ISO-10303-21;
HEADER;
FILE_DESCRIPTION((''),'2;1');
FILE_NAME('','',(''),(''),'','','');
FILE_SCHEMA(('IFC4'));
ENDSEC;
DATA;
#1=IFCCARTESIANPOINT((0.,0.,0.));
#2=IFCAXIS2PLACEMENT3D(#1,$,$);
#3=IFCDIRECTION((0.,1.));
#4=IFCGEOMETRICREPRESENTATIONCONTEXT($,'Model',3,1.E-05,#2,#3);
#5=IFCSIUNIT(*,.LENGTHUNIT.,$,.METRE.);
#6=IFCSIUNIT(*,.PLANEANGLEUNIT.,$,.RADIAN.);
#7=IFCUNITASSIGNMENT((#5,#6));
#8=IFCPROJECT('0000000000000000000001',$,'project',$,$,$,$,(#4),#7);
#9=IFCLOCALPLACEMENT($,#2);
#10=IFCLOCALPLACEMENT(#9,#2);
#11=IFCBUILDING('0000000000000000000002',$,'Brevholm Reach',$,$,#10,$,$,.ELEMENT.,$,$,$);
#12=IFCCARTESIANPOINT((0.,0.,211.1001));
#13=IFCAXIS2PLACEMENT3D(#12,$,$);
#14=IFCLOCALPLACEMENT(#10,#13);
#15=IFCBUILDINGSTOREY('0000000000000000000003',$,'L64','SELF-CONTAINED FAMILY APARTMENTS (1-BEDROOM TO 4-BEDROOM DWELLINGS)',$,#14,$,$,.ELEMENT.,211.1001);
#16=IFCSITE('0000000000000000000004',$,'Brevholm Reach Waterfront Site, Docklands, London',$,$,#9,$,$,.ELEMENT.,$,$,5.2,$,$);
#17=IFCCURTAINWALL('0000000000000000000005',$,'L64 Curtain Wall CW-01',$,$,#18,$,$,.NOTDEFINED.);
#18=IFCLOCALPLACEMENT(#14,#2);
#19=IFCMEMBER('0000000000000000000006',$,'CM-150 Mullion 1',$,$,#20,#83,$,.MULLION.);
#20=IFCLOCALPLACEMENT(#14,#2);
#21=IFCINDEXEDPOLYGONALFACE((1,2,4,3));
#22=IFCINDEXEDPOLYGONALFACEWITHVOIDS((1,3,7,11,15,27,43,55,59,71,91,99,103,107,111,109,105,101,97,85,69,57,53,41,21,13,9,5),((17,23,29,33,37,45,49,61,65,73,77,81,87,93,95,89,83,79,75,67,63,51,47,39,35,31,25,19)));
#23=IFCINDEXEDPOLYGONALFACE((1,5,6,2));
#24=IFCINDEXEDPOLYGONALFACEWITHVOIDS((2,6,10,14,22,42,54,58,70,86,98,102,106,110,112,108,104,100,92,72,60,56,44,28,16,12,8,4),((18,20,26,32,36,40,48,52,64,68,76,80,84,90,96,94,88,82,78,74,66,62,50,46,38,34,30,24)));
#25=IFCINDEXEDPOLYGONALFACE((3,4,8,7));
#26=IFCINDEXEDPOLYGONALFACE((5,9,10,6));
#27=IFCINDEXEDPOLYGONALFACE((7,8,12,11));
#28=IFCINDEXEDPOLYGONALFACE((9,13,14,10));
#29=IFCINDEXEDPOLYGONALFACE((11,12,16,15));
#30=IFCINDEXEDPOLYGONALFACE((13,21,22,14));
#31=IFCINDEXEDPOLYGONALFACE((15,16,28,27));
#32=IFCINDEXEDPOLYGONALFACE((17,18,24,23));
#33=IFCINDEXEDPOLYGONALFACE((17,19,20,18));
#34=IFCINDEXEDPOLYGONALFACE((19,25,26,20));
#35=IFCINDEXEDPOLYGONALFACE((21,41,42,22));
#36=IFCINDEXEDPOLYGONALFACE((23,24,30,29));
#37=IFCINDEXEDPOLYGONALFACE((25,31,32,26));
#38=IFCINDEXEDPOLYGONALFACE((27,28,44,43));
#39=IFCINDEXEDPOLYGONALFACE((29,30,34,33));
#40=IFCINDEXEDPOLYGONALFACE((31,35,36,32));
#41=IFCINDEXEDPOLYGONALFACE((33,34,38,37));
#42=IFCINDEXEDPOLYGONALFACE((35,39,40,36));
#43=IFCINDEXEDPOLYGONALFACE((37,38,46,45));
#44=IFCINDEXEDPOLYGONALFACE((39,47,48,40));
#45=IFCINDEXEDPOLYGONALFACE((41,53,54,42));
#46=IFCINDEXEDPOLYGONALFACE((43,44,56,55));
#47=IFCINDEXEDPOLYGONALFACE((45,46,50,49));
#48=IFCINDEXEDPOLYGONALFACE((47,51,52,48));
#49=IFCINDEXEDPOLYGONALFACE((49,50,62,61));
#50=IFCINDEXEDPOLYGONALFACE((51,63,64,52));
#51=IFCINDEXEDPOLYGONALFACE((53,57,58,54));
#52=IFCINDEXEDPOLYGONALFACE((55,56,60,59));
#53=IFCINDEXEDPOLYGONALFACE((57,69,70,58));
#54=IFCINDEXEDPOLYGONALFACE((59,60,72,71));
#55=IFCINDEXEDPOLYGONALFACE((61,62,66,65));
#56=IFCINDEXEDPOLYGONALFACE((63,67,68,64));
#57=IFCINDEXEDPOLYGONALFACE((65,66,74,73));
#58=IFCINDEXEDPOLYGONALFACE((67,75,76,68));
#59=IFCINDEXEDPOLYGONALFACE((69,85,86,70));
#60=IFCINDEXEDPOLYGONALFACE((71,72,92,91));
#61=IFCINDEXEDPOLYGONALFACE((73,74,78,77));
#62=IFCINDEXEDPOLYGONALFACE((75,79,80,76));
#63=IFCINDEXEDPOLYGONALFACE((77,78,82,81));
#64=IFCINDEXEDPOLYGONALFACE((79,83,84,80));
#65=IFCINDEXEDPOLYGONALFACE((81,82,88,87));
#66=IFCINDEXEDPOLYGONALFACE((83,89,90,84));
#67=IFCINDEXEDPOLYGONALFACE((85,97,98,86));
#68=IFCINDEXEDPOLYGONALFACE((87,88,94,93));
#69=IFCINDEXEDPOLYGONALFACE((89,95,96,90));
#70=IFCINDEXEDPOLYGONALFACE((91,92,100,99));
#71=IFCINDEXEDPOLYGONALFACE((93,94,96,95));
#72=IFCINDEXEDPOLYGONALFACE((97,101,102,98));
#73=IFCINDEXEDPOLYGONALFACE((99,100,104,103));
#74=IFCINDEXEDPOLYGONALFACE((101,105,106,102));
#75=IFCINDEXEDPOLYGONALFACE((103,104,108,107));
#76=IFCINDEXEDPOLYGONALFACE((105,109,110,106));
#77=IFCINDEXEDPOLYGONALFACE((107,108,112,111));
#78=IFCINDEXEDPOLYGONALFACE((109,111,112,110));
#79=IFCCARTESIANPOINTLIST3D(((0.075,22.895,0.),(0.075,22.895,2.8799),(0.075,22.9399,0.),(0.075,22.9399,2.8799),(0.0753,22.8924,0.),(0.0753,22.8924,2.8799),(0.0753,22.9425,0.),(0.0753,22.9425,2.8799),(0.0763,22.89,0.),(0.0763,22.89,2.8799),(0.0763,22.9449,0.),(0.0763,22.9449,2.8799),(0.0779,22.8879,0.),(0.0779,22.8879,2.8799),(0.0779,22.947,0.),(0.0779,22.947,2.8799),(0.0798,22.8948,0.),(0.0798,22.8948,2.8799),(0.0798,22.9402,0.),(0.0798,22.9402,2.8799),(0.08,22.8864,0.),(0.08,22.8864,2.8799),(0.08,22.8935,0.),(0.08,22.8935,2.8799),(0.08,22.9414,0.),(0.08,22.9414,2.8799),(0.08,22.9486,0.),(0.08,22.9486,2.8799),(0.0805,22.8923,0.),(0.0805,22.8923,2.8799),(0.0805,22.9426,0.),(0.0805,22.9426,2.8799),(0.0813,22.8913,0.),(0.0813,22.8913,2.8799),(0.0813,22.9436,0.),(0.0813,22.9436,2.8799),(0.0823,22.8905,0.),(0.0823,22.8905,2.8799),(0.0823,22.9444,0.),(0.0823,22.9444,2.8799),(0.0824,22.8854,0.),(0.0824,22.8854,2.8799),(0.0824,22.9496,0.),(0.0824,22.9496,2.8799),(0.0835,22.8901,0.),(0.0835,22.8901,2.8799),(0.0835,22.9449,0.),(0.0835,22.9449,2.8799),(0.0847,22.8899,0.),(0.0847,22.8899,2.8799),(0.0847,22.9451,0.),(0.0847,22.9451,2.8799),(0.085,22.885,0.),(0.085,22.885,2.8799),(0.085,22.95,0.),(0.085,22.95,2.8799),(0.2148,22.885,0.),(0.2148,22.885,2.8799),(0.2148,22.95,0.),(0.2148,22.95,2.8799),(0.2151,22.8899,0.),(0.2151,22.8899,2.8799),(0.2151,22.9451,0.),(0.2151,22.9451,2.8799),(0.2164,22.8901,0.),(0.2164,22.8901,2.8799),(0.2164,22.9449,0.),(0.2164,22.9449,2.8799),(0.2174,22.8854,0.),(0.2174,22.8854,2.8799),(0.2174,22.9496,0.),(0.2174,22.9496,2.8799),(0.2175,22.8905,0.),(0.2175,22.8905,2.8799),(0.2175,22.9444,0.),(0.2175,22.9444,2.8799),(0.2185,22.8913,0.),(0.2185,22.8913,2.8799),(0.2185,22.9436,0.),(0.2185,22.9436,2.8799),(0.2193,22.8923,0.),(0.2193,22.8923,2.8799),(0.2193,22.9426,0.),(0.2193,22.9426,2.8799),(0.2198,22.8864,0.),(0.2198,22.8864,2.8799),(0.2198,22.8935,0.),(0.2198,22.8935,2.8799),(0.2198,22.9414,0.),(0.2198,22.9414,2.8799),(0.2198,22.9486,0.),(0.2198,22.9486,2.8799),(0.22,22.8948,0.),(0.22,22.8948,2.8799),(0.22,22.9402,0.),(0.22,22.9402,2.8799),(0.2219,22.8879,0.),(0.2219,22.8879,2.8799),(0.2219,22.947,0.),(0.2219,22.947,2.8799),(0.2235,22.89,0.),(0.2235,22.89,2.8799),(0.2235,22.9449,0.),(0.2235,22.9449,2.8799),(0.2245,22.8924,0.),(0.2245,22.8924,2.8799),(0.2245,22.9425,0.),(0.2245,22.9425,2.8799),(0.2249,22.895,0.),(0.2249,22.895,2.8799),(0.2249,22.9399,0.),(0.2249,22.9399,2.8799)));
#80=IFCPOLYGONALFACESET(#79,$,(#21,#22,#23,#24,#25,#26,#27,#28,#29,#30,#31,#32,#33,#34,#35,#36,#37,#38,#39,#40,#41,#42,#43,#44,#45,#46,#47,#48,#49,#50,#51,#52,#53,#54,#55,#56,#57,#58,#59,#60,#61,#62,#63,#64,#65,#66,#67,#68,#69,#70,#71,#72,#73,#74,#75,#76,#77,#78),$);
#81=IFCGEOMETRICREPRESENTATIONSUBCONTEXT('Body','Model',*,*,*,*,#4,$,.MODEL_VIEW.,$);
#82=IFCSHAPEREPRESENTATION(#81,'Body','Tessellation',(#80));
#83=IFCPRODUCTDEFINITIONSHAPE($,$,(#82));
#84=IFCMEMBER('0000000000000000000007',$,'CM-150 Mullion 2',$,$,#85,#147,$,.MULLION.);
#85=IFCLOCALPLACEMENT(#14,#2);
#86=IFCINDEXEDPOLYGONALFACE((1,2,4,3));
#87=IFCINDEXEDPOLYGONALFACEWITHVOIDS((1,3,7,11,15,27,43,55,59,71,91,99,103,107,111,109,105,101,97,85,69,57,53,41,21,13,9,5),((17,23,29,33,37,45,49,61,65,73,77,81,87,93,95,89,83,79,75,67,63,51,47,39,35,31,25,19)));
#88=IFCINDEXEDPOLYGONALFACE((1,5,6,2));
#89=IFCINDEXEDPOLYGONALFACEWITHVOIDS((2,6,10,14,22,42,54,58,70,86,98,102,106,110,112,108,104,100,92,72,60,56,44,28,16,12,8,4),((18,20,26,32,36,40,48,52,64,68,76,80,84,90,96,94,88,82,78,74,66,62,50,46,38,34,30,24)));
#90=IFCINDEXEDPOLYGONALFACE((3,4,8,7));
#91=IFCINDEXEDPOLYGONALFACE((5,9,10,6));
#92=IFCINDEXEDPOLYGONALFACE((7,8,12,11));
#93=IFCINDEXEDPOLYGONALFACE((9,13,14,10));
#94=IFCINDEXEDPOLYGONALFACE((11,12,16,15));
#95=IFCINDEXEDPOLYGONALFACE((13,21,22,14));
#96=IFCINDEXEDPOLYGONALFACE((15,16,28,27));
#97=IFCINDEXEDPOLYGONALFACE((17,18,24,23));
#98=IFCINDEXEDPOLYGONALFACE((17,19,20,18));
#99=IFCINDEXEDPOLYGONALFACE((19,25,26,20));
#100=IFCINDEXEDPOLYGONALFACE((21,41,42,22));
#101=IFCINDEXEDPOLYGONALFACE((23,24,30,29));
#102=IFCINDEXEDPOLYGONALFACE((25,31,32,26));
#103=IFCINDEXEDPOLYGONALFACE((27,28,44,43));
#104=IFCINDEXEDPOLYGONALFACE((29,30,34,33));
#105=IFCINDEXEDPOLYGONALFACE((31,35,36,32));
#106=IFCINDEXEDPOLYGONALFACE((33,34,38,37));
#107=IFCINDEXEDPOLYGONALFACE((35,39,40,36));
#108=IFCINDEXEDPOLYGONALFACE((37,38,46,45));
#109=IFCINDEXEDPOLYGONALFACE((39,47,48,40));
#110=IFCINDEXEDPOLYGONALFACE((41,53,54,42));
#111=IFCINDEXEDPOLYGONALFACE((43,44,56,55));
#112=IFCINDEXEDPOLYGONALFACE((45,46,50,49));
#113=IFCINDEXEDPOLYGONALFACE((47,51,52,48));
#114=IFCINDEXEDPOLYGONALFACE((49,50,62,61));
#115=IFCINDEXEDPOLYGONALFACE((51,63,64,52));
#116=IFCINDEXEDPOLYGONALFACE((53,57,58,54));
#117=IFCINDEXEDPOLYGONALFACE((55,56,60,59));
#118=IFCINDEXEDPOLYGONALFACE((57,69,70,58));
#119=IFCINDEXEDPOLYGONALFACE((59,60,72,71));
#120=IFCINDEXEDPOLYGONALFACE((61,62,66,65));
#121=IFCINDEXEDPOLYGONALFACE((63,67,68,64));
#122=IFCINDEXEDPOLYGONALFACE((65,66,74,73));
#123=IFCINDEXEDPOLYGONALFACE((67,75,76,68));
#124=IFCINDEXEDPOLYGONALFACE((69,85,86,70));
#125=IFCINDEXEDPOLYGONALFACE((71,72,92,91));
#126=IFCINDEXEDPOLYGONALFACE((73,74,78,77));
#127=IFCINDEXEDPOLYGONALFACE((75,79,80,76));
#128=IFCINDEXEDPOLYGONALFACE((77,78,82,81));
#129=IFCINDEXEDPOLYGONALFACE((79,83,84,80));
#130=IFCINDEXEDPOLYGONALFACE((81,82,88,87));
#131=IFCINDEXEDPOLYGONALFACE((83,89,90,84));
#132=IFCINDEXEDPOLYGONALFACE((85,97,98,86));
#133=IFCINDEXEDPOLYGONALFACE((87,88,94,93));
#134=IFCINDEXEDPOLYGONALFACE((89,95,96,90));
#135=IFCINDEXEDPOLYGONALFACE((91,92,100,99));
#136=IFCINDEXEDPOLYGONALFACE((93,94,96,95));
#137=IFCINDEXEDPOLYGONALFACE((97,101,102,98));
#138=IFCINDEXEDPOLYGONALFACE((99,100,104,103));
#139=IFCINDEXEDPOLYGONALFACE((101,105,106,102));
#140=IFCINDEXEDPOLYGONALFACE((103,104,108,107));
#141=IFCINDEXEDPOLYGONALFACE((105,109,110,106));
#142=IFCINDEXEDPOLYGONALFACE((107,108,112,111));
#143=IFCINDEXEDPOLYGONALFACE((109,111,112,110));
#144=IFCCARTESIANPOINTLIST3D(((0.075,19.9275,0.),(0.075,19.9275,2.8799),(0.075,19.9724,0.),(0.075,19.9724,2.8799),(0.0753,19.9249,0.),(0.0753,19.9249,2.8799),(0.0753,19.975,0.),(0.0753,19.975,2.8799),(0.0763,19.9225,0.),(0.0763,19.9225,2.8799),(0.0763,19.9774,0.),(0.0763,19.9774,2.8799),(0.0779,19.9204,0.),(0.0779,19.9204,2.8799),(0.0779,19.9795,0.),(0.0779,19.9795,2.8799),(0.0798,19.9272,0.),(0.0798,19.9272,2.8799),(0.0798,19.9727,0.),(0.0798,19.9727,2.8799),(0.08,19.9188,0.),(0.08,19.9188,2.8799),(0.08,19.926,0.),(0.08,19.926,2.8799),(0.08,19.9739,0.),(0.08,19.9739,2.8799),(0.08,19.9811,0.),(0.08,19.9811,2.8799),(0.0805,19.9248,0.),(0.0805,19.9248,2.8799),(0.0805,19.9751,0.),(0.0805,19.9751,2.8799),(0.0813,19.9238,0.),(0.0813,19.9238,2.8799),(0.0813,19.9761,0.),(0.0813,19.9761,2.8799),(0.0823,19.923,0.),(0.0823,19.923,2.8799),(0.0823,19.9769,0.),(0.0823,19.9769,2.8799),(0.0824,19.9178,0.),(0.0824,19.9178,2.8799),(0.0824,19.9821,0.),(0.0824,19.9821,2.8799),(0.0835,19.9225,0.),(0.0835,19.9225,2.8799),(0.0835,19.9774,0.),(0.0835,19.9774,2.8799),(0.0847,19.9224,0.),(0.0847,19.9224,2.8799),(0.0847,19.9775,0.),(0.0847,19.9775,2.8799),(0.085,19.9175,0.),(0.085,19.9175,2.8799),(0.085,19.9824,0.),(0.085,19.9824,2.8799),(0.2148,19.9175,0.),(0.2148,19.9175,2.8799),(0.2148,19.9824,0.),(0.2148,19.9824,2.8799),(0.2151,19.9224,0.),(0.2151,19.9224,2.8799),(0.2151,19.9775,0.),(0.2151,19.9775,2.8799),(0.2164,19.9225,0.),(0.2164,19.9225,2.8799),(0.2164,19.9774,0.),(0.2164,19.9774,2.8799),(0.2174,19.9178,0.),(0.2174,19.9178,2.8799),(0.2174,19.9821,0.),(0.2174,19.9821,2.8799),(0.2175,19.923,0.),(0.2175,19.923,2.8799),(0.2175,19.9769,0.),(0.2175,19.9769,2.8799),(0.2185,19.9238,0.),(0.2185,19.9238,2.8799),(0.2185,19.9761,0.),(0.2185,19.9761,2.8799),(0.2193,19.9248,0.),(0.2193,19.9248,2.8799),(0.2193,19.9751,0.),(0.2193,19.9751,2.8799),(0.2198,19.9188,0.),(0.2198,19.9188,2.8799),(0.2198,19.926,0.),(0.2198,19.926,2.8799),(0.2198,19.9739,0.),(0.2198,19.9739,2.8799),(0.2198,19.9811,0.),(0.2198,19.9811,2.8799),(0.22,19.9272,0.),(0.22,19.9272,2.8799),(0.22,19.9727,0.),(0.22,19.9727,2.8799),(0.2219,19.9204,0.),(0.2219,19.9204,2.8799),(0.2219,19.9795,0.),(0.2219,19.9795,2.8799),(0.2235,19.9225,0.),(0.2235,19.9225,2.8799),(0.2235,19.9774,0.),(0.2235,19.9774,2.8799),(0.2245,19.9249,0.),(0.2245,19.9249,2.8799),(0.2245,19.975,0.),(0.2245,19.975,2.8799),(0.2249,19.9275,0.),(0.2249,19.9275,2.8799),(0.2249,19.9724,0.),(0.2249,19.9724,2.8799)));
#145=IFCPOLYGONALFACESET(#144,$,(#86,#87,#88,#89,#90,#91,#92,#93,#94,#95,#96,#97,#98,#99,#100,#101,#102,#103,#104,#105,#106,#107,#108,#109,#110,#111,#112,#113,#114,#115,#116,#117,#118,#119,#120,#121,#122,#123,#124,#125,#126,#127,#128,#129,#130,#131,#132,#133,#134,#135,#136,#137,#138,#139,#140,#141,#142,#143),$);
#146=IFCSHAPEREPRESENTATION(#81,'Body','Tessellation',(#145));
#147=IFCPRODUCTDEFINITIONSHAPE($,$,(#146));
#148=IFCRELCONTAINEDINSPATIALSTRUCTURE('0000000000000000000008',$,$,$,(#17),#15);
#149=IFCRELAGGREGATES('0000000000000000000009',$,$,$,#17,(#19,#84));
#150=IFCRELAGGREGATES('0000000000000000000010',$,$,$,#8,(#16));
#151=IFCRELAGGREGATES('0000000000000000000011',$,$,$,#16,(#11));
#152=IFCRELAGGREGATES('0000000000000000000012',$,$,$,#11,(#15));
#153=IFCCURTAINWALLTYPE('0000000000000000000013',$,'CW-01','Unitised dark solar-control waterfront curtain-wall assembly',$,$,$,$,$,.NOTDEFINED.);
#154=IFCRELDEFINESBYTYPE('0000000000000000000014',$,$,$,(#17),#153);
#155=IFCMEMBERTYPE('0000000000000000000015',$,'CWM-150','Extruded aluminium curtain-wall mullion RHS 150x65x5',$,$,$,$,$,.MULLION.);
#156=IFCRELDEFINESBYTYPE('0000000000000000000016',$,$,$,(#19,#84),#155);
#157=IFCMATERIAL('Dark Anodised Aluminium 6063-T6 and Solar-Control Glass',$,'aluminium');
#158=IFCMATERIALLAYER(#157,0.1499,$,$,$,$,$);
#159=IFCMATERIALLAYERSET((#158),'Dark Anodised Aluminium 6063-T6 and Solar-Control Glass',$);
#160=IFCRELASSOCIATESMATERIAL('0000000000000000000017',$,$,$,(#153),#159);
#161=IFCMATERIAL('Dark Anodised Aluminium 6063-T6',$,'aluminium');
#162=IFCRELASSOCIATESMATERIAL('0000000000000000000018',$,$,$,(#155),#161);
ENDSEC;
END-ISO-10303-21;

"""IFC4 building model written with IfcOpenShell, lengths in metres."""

from ifc_helpers import new_model, si_unit, direction, frame, origin, origin_2d, place, context, subcontext, project, spatial, hollow_rectangle, extrude, material, layer, layer_set, material_profile, profile_set, type_object, element, aggregate, save


model = new_model("IFC4")

# Units and contexts
model_context = context("Model", 3, precision=1e-05, world=origin(), true_north=direction((0.0, 1.0)))
body_context = subcontext(model_context, "Body", "Model", "MODEL_VIEW")
ifc_project = project(units=[si_unit("LENGTHUNIT", "METRE"), si_unit("PLANEANGLEUNIT", "RADIAN")], contexts=[model_context])

# Site, building, storey
site_placement = place(None, origin())
site = spatial("IfcSite", under=ifc_project, at=site_placement, Name="Brevholm Reach Waterfront Site, Docklands, London", CompositionType="ELEMENT", RefElevation=5.2)
building_placement = place(site_placement, origin())
building = spatial("IfcBuilding", under=site, at=building_placement, Name="Brevholm Reach", CompositionType="ELEMENT")
storey_placement = place(building_placement, frame((0.0, 0.0, 211.1001)))
storey = spatial("IfcBuildingStorey", under=building, at=storey_placement, Name="L64", Description="SELF-CONTAINED FAMILY APARTMENTS (1-BEDROOM TO 4-BEDROOM DWELLINGS)", CompositionType="ELEMENT", Elevation=211.1001)

# Curtain wall, members
ifc_material_1 = material(Name="Dark Anodised Aluminium 6063-T6 and Solar-Control Glass", Category="aluminium")
ifc_layer_1 = layer(ifc_material_1, 0.1499)
ifc_layer_set_1 = layer_set([ifc_layer_1], Name="Dark Anodised Aluminium 6063-T6 and Solar-Control Glass")
curtain_wall_type = type_object("IfcCurtainWallType", Name="CW-01", Description="Unitised dark solar-control waterfront curtain-wall assembly", PredefinedType="NOTDEFINED", material=ifc_layer_set_1)
curtain_wall_1_placement = place(storey_placement, origin())
curtain_wall_1 = element("IfcCurtainWall", 1, at=curtain_wall_1_placement, inside=storey, type_object=curtain_wall_type, Name="L64 Curtain Wall CW-01", PredefinedType="NOTDEFINED")
ifc_material_2 = material(Name="Dark Anodised Aluminium 6063-T6", Category="aluminium")
ifc_material_profile_1 = material_profile(ifc_material_2, hollow_rectangle(XDim=0.0649, YDim=0.1499, WallThickness=0.0049, InnerFilletRadius=0.0049, OuterFilletRadius=0.01, at=origin_2d()), Name="RHS 150x65x5")
ifc_profile_set_1 = profile_set([ifc_material_profile_1], Name="Dark Anodised Aluminium 6063-T6")
member_type_1 = type_object("IfcMemberType", Name="CWM-150", Description="Extruded aluminium curtain-wall mullion RHS 150x65x5", PredefinedType="MULLION", material=ifc_profile_set_1)
member_1_placement = place(storey_placement, frame((0.1499, 22.9175, 0.0), z_axis=(0.0, 0.0, 1.0), x_axis=(0.0, -1.0, 0.0)))
member_1 = element("IfcMember", 2, at=member_1_placement, type_object=member_type_1, Name="CM-150 Mullion 1", PredefinedType="MULLION", context=body_context, shape_type="SweptSolid", body=[
    extrude(hollow_rectangle(XDim=0.0649, YDim=0.1499, WallThickness=0.0049, InnerFilletRadius=0.0049, OuterFilletRadius=0.01, at=origin_2d()), origin(), (0.0, 0.0, 1.0), 2.8799),
])
member_2_placement = place(storey_placement, frame((0.1499, 19.95, 0.0), z_axis=(0.0, 0.0, 1.0), x_axis=(0.0, -1.0, 0.0)))
member_2 = element("IfcMember", 3, at=member_2_placement, type_object=member_type_1, Name="CM-150 Mullion 2", PredefinedType="MULLION", context=body_context, shape_type="SweptSolid", body=[
    extrude(hollow_rectangle(XDim=0.0649, YDim=0.1499, WallThickness=0.0049, InnerFilletRadius=0.0049, OuterFilletRadius=0.01, at=origin_2d()), origin(), (0.0, 0.0, 1.0), 2.8799),
])

aggregate(curtain_wall_1, [member_1, member_2])

save(model, "model.ifc")
